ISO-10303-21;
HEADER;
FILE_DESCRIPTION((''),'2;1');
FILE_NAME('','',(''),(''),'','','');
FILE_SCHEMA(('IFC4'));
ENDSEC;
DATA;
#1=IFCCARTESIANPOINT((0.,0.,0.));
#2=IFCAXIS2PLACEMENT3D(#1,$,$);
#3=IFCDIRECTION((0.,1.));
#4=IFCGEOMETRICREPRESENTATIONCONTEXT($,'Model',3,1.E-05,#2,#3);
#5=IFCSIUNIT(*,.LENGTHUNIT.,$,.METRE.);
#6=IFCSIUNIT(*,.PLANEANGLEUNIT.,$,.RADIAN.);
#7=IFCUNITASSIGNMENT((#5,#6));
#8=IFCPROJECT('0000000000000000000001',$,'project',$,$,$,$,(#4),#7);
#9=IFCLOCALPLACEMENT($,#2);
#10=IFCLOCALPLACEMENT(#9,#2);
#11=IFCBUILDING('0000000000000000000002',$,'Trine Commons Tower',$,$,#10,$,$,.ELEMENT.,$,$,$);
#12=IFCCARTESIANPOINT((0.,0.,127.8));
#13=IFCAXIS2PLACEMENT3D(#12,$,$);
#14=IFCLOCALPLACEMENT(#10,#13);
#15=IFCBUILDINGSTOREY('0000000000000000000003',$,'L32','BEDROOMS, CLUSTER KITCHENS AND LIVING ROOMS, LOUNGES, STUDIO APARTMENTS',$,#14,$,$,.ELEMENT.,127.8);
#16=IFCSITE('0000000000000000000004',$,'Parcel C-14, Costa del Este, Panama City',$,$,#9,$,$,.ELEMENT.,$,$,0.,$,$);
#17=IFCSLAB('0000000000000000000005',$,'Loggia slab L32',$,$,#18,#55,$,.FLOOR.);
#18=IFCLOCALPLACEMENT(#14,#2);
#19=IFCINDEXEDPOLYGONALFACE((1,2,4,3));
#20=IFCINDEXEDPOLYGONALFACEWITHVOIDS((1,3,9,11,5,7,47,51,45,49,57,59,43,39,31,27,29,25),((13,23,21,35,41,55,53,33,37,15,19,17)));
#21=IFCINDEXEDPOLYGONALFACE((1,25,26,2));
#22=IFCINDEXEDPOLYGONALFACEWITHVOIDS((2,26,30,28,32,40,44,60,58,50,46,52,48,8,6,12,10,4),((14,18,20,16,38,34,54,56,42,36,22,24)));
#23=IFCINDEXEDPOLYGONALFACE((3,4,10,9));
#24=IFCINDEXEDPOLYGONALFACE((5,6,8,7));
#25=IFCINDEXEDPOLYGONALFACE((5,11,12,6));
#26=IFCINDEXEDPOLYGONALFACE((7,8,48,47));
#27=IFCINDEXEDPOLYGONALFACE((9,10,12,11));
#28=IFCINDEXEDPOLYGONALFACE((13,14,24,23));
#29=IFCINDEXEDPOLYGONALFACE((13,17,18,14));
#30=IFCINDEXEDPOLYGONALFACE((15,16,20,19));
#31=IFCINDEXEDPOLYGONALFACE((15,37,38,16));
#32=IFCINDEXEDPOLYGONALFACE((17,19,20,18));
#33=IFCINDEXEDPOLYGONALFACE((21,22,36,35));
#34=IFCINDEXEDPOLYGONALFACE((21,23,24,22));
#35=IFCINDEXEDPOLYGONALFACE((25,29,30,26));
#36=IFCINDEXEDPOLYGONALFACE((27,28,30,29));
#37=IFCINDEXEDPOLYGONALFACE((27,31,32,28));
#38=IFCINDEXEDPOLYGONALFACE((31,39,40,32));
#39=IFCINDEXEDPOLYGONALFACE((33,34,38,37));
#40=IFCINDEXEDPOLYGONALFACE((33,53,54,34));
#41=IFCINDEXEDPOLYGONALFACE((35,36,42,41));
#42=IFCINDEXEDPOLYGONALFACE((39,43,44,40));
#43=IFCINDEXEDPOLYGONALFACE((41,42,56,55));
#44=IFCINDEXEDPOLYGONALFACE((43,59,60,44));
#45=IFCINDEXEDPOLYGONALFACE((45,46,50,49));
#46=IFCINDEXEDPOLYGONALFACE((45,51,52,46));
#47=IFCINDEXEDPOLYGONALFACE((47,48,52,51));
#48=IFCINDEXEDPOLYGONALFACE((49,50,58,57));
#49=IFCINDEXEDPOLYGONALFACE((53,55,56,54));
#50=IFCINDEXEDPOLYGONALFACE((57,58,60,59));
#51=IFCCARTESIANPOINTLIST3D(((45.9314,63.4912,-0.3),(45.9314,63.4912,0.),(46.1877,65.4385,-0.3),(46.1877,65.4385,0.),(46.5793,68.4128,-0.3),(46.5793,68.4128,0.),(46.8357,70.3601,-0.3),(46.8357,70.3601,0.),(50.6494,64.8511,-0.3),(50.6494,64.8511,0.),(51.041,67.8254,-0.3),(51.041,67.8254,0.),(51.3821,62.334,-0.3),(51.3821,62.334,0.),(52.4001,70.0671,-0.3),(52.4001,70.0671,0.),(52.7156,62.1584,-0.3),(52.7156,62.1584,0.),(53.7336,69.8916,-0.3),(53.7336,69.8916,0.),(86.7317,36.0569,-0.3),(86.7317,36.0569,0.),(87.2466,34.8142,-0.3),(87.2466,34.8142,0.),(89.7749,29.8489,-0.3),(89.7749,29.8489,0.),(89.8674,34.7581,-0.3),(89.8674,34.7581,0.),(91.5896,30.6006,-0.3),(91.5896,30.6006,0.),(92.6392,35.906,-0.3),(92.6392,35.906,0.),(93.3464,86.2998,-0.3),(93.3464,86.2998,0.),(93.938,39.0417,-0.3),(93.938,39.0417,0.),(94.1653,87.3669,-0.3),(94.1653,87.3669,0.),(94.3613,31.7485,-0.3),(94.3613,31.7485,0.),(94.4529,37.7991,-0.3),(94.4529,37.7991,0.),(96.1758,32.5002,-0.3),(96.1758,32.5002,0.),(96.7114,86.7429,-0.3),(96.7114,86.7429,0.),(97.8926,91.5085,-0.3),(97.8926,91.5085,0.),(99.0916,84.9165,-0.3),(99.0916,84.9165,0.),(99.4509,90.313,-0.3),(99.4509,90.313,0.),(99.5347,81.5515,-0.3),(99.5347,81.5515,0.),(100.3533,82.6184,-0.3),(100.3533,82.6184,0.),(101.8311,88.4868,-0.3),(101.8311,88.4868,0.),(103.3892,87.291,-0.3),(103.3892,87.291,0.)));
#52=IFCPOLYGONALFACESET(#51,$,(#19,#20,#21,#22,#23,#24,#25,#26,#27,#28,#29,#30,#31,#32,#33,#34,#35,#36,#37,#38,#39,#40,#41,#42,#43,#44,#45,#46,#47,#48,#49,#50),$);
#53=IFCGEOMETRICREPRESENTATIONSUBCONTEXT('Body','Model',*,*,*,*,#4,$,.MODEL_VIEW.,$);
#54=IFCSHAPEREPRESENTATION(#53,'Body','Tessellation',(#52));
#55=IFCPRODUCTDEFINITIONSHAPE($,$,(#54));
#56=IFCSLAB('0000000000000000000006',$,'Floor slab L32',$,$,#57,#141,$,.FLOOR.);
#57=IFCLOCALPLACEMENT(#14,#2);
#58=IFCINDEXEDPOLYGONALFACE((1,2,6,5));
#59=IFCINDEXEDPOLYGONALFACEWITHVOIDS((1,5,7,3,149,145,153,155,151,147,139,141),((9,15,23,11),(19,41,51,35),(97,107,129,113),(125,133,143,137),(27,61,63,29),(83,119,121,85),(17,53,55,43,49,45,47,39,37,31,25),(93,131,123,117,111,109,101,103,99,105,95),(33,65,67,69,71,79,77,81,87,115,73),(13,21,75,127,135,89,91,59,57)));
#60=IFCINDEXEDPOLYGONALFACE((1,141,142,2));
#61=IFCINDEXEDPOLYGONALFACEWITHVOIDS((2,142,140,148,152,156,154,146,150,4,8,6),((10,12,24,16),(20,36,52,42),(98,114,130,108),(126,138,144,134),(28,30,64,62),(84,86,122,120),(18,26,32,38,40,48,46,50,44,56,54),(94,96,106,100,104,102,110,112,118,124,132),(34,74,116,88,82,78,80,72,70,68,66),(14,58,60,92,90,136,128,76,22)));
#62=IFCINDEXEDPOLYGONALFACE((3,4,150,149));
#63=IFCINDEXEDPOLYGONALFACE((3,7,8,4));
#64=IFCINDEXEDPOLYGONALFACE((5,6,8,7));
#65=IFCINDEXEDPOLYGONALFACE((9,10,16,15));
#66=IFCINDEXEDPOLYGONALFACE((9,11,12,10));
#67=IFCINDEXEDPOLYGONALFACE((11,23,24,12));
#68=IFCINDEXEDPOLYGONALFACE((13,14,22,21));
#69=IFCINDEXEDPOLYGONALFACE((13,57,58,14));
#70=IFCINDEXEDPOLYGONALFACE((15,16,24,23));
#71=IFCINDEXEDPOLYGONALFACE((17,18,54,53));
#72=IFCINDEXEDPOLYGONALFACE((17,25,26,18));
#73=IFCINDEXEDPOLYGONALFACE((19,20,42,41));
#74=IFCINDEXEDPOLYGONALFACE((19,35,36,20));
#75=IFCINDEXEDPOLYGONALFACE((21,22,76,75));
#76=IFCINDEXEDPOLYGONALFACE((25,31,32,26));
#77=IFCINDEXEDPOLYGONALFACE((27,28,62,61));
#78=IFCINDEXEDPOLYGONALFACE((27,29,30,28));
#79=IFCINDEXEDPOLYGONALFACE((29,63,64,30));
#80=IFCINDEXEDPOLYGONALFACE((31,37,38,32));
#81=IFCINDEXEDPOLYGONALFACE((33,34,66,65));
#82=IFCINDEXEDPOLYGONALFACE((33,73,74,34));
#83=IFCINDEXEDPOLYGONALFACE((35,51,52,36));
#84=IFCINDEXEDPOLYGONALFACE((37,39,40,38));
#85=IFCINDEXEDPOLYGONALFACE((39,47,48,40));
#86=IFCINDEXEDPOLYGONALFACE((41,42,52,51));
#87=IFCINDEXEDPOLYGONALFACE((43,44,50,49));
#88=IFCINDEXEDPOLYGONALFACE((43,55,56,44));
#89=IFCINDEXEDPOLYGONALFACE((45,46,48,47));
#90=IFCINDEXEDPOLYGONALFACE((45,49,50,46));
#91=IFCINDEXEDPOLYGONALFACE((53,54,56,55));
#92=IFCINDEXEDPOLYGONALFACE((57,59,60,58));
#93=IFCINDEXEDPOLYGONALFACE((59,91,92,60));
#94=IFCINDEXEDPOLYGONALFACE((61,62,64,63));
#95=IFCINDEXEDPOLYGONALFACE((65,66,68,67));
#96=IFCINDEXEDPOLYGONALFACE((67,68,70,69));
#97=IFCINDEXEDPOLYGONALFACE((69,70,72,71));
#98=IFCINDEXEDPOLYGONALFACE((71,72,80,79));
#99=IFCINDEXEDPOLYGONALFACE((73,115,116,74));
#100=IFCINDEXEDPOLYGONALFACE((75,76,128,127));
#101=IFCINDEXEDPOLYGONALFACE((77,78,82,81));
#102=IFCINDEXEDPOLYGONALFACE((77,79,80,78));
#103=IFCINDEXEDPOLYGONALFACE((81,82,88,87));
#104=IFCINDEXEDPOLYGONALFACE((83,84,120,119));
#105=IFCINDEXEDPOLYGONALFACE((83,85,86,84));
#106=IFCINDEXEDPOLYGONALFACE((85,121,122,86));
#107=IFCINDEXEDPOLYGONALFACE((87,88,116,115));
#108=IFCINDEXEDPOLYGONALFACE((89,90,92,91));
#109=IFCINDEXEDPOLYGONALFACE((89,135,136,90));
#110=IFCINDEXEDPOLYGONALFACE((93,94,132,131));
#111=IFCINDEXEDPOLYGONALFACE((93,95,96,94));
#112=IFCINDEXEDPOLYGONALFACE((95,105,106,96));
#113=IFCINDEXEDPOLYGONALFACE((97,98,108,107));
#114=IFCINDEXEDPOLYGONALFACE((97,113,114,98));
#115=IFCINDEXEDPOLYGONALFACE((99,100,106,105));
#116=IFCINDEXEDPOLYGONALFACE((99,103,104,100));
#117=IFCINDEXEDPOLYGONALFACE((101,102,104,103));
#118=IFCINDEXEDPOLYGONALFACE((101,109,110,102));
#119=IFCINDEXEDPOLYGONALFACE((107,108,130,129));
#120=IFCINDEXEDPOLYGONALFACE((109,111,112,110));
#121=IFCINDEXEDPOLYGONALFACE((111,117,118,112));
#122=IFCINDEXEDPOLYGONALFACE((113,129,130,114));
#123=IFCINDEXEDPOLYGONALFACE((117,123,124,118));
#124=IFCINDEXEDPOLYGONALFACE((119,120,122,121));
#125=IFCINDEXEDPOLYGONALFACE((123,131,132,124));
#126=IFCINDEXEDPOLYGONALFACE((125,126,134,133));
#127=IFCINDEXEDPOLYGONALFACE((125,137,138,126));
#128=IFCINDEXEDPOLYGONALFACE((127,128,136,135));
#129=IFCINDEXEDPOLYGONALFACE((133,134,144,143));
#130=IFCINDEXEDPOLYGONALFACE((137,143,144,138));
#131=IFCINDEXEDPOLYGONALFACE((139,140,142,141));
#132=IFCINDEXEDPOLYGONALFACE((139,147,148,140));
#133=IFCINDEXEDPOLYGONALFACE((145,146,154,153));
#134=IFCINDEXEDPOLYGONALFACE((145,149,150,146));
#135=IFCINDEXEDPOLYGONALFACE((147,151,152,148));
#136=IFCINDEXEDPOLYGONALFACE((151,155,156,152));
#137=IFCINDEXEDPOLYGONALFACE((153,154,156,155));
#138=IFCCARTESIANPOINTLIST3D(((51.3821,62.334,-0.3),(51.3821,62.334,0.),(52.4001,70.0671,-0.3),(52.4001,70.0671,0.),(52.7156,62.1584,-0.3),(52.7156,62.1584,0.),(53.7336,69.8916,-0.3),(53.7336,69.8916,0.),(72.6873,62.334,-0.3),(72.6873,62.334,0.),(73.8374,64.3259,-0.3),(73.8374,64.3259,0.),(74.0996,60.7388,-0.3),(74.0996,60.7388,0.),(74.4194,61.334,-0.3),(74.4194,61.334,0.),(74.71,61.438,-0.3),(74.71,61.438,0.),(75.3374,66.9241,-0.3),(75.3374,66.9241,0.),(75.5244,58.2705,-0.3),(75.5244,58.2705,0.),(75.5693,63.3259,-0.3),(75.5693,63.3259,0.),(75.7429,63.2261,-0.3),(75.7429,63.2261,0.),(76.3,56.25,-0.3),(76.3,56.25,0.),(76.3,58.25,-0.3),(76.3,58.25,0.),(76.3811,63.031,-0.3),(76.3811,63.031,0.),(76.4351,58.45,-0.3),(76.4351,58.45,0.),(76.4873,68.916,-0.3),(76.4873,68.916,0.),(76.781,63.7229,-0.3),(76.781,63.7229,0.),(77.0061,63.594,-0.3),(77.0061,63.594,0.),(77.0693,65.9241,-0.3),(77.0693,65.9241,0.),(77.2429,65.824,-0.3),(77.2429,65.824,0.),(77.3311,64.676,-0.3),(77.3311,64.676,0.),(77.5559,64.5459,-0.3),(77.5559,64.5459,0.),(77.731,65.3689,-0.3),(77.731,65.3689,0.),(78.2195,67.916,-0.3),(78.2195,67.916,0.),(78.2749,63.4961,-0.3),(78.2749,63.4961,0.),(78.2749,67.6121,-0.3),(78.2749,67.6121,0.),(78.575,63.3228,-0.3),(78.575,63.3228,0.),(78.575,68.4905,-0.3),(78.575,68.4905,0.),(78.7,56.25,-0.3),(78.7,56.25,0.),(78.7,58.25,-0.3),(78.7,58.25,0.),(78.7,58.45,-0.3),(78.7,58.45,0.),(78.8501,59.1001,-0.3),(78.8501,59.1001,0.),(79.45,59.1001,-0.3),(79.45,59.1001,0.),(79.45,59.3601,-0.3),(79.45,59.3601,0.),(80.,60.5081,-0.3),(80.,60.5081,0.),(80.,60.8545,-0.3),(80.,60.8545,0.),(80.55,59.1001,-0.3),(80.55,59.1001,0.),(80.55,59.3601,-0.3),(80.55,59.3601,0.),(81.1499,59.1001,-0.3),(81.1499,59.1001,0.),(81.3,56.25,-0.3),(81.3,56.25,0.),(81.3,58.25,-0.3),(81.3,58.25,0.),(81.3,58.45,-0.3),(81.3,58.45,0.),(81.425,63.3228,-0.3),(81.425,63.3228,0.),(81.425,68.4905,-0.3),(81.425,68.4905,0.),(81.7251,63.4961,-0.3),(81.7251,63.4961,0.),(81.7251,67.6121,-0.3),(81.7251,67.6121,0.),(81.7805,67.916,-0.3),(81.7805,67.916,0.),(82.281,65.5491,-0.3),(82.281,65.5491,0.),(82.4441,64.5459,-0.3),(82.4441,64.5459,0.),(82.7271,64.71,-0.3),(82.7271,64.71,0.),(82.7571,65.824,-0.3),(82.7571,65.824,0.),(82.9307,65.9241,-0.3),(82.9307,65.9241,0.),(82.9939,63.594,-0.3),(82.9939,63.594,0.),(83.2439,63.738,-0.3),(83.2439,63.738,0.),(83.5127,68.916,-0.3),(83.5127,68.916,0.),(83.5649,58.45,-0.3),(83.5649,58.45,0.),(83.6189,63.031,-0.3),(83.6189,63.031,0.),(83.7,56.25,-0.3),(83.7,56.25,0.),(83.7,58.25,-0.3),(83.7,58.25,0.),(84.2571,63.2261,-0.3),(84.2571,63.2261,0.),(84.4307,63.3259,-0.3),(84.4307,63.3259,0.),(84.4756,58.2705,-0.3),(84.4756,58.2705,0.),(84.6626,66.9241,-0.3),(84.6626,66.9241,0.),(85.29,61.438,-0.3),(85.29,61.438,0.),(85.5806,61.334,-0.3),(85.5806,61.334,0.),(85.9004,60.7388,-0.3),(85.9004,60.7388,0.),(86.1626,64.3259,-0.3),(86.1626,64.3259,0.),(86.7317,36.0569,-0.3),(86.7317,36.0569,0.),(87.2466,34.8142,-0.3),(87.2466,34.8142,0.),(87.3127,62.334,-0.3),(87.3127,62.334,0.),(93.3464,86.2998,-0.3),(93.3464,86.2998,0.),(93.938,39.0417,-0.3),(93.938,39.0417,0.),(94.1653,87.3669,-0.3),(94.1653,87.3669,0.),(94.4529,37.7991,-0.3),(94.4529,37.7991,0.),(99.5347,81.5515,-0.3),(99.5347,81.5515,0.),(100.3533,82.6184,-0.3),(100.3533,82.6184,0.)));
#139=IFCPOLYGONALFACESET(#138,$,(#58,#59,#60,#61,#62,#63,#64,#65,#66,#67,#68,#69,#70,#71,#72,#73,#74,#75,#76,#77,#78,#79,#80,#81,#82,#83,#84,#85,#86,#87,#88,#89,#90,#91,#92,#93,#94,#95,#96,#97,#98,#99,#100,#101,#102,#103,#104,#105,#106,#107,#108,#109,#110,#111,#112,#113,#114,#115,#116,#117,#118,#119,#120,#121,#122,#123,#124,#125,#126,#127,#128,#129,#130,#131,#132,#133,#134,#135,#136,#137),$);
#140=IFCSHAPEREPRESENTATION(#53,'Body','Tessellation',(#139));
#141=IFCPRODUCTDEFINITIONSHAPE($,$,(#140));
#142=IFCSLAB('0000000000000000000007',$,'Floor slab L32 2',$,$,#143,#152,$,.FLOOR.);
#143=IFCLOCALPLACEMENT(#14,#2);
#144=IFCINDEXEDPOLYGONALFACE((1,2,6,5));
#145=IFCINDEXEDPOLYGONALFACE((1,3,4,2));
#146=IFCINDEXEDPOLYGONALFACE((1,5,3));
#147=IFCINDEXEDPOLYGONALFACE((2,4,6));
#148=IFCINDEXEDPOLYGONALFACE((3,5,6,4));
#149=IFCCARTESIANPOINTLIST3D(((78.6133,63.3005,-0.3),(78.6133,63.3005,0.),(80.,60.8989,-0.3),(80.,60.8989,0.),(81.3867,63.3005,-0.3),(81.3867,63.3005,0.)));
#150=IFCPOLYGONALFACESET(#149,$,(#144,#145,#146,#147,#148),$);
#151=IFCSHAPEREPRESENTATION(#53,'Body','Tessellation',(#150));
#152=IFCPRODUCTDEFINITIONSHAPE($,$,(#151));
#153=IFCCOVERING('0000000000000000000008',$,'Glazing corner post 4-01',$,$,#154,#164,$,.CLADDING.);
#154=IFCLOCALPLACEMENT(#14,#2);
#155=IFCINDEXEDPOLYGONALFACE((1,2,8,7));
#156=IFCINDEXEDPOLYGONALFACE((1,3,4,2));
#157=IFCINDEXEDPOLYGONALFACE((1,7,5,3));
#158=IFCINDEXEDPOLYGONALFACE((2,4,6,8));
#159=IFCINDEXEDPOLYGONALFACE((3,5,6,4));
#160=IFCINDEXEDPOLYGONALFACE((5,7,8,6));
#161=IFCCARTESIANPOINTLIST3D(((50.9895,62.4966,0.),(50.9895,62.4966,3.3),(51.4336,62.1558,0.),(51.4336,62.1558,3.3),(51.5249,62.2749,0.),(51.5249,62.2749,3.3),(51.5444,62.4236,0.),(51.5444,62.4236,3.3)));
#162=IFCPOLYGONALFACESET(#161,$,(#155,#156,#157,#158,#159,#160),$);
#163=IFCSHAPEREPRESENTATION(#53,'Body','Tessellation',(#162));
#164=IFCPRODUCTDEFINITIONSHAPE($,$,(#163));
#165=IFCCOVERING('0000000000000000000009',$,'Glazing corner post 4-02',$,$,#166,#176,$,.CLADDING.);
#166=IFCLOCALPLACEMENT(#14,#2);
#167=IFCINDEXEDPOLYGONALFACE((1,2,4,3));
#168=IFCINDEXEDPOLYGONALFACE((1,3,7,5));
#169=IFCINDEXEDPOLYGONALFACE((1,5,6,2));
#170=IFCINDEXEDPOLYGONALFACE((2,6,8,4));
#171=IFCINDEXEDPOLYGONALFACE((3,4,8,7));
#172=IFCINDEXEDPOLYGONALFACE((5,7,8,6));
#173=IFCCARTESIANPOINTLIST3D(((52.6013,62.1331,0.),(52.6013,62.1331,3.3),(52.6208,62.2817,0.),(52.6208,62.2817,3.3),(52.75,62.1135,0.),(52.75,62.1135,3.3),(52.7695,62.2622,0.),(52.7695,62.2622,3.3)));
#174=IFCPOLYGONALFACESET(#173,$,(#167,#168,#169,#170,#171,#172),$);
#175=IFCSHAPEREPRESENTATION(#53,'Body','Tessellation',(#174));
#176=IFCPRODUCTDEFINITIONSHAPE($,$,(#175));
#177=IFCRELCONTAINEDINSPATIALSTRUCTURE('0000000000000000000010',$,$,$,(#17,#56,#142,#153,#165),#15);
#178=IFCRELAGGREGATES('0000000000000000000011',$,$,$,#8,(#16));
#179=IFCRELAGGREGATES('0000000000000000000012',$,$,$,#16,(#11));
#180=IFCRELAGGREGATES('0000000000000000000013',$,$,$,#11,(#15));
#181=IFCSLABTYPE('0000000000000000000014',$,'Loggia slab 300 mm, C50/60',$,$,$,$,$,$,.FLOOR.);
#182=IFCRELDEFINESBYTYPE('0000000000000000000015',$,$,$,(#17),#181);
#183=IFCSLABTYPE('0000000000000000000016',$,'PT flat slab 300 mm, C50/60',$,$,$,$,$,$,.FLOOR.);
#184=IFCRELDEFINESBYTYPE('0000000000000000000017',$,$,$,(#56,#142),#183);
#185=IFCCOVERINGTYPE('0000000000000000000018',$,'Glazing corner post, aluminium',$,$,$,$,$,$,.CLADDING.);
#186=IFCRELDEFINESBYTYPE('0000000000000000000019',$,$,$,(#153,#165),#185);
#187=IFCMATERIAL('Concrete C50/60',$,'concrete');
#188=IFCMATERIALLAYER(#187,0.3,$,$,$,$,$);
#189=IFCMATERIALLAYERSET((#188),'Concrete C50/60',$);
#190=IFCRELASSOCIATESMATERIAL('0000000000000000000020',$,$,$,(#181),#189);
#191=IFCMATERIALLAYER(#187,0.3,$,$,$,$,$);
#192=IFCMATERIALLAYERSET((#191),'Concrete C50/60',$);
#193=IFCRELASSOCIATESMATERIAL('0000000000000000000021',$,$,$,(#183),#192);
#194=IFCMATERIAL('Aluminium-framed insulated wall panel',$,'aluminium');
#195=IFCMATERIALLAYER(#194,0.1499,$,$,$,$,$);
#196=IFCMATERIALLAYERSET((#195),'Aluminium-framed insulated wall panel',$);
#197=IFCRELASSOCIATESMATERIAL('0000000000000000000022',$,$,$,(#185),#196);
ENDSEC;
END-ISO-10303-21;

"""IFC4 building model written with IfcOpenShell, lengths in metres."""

from ifc_helpers import new_model, si_unit, direction, frame, origin, place, context, subcontext, project, spatial, polyline, outline, extrude, material, layer, layer_set, type_object, element, save


model = new_model("IFC4")

# Units and contexts
model_context = context("Model", 3, precision=1e-05, world=origin(), true_north=direction((0.0, 1.0)))
body_context = subcontext(model_context, "Body", "Model", "MODEL_VIEW")
ifc_project = project(units=[si_unit("LENGTHUNIT", "METRE"), si_unit("PLANEANGLEUNIT", "RADIAN")], contexts=[model_context])

# Site, building, storey
site_placement = place(None, origin())
site = spatial("IfcSite", under=ifc_project, at=site_placement, Name="Parcel C-14, Costa del Este, Panama City", CompositionType="ELEMENT", RefElevation=0.0)
building_placement = place(site_placement, origin())
building = spatial("IfcBuilding", under=site, at=building_placement, Name="Trine Commons Tower", CompositionType="ELEMENT")
storey_placement = place(building_placement, frame((0.0, 0.0, 127.8)))
storey = spatial("IfcBuildingStorey", under=building, at=storey_placement, Name="L32", Description="BEDROOMS, CLUSTER KITCHENS AND LIVING ROOMS, LOUNGES, STUDIO APARTMENTS", CompositionType="ELEMENT", Elevation=127.8)

# Slabs
ifc_material_1 = material(Name="Concrete C50/60", Category="concrete")
ifc_layer_1 = layer(ifc_material_1, 0.3)
ifc_layer_set_1 = layer_set([ifc_layer_1], Name="Concrete C50/60")
slab_type_1 = type_object("IfcSlabType", Name="Loggia slab 300 mm, C50/60", PredefinedType="FLOOR", material=ifc_layer_set_1)
slab_1_placement = place(storey_placement, frame((0.0, 0.0, -0.3)))
element("IfcSlab", 1, at=slab_1_placement, inside=storey, type_object=slab_type_1, Name="Loggia slab L32", PredefinedType="FLOOR", context=body_context, shape_type="SweptSolid", body=[
    extrude(outline(polyline([(96.1758, 32.5002), (103.3892, 87.291), (101.8311, 88.4868), (99.0916, 84.9165), (96.7114, 86.7429), (99.4509, 90.313), (97.8926, 91.5085), (46.8357, 70.3601), (46.5793, 68.4128), (51.041, 67.8254), (50.6494, 64.8511), (46.1877, 65.4385), (45.9314, 63.4912), (89.7749, 29.8489), (91.5896, 30.6006), (89.8674, 34.7581), (92.6392, 35.906), (94.3613, 31.7485), (96.1758, 32.5002)]), holes=[polyline([(87.2466, 34.8142), (86.7317, 36.0569), (93.938, 39.0417), (94.4529, 37.7991), (100.3533, 82.6184), (99.5347, 81.5515), (93.3464, 86.2998), (94.1653, 87.3669), (52.4001, 70.0671), (53.7336, 69.8916), (52.7156, 62.1584), (51.3821, 62.334), (87.2466, 34.8142)])]), origin(), (0.0, 0.0, 1.0), 0.3),
])
ifc_layer_2 = layer(ifc_material_1, 0.3)
ifc_layer_set_2 = layer_set([ifc_layer_2], Name="Concrete C50/60")
slab_type_2 = type_object("IfcSlabType", Name="PT flat slab 300 mm, C50/60", PredefinedType="FLOOR", material=ifc_layer_set_2)
slab_2_placement = place(storey_placement, frame((0.0, 0.0, -0.3)))
element("IfcSlab", 2, at=slab_2_placement, inside=storey, type_object=slab_type_2, Name="Floor slab L32", PredefinedType="FLOOR", context=body_context, shape_type="SweptSolid", body=[
    extrude(outline(polyline([(51.3821, 62.334), (87.2466, 34.8142), (86.7317, 36.0569), (93.938, 39.0417), (94.4529, 37.7991), (100.3533, 82.6184), (99.5347, 81.5515), (93.3464, 86.2998), (94.1653, 87.3669), (52.4001, 70.0671), (53.7336, 69.8916), (52.7156, 62.1584), (51.3821, 62.334)]), holes=[polyline([(78.7, 56.25), (78.7, 58.25), (76.3, 58.25), (76.3, 56.25), (78.7, 56.25)]), polyline([(80.0, 60.8545), (84.4756, 58.2705), (85.9004, 60.7388), (81.425, 63.3228), (81.425, 68.4905), (78.575, 68.4905), (78.575, 63.3228), (74.0996, 60.7388), (75.5244, 58.2705), (80.0, 60.8545)]), polyline([(73.8374, 64.3259), (72.6873, 62.334), (74.4194, 61.334), (75.5693, 63.3259), (73.8374, 64.3259)]), polyline([(76.3811, 63.031), (75.7429, 63.2261), (74.71, 61.438), (78.2749, 63.4961), (78.2749, 67.6121), (77.2429, 65.824), (77.731, 65.3689), (77.3311, 64.676), (77.5559, 64.5459), (77.0061, 63.594), (76.781, 63.7229), (76.3811, 63.031)]), polyline([(76.4873, 68.916), (75.3374, 66.9241), (77.0693, 65.9241), (78.2195, 67.916), (76.4873, 68.916)]), polyline([(83.7, 56.25), (83.7, 58.25), (81.3, 58.25), (81.3, 56.25), (83.7, 56.25)]), polyline([(81.1499, 59.1001), (81.3, 58.45), (83.5649, 58.45), (80.0, 60.5081), (76.4351, 58.45), (78.7, 58.45), (78.8501, 59.1001), (79.45, 59.1001), (79.45, 59.3601), (80.55, 59.3601), (80.55, 59.1001), (81.1499, 59.1001)]), polyline([(86.1626, 64.3259), (84.4307, 63.3259), (85.5806, 61.334), (87.3127, 62.334), (86.1626, 64.3259)]), polyline([(83.2439, 63.738), (82.9939, 63.594), (82.4441, 64.5459), (82.7271, 64.71), (82.281, 65.5491), (82.7571, 65.824), (81.7251, 67.6121), (81.7251, 63.4961), (85.29, 61.438), (84.2571, 63.2261), (83.6189, 63.031), (83.2439, 63.738)]), polyline([(84.6626, 66.9241), (83.5127, 68.916), (81.7805, 67.916), (82.9307, 65.9241), (84.6626, 66.9241)])]), origin(), (0.0, 0.0, 1.0), 0.3),
])
slab_3_placement = place(storey_placement, frame((0.0, 0.0, -0.3)))
element("IfcSlab", 3, at=slab_3_placement, inside=storey, type_object=slab_type_2, Name="Floor slab L32 2", PredefinedType="FLOOR", context=body_context, shape_type="SweptSolid", body=[
    extrude(outline(polyline([(78.6133, 63.3005), (80.0, 60.8989), (81.3867, 63.3005), (78.6133, 63.3005)])), origin(), (0.0, 0.0, 1.0), 0.3),
])

# Coverings
ifc_material_2 = material(Name="Aluminium-framed insulated wall panel", Category="aluminium")
ifc_layer_3 = layer(ifc_material_2, 0.1499)
ifc_layer_set_3 = layer_set([ifc_layer_3], Name="Aluminium-framed insulated wall panel")
covering_type_1 = type_object("IfcCoveringType", Name="Glazing corner post, aluminium", PredefinedType="CLADDING", material=ifc_layer_set_3)
covering_1_placement = place(storey_placement, origin())
element("IfcCovering", 4, at=covering_1_placement, inside=storey, type_object=covering_type_1, Name="Glazing corner post 4-01", PredefinedType="CLADDING", context=body_context, shape_type="SweptSolid", body=[
    extrude(outline(polyline([(51.4336, 62.1558), (51.5249, 62.2749), (51.5444, 62.4236), (50.9895, 62.4966), (51.4336, 62.1558)])), origin(), (0.0, 0.0, 1.0), 3.3),
])
covering_2_placement = place(storey_placement, origin())
element("IfcCovering", 5, at=covering_2_placement, inside=storey, type_object=covering_type_1, Name="Glazing corner post 4-02", PredefinedType="CLADDING", context=body_context, shape_type="SweptSolid", body=[
    extrude(outline(polyline([(52.6013, 62.1331), (52.75, 62.1135), (52.7695, 62.2622), (52.6208, 62.2817), (52.6013, 62.1331)])), origin(), (0.0, 0.0, 1.0), 3.3),
])

save(model, "model.ifc")
